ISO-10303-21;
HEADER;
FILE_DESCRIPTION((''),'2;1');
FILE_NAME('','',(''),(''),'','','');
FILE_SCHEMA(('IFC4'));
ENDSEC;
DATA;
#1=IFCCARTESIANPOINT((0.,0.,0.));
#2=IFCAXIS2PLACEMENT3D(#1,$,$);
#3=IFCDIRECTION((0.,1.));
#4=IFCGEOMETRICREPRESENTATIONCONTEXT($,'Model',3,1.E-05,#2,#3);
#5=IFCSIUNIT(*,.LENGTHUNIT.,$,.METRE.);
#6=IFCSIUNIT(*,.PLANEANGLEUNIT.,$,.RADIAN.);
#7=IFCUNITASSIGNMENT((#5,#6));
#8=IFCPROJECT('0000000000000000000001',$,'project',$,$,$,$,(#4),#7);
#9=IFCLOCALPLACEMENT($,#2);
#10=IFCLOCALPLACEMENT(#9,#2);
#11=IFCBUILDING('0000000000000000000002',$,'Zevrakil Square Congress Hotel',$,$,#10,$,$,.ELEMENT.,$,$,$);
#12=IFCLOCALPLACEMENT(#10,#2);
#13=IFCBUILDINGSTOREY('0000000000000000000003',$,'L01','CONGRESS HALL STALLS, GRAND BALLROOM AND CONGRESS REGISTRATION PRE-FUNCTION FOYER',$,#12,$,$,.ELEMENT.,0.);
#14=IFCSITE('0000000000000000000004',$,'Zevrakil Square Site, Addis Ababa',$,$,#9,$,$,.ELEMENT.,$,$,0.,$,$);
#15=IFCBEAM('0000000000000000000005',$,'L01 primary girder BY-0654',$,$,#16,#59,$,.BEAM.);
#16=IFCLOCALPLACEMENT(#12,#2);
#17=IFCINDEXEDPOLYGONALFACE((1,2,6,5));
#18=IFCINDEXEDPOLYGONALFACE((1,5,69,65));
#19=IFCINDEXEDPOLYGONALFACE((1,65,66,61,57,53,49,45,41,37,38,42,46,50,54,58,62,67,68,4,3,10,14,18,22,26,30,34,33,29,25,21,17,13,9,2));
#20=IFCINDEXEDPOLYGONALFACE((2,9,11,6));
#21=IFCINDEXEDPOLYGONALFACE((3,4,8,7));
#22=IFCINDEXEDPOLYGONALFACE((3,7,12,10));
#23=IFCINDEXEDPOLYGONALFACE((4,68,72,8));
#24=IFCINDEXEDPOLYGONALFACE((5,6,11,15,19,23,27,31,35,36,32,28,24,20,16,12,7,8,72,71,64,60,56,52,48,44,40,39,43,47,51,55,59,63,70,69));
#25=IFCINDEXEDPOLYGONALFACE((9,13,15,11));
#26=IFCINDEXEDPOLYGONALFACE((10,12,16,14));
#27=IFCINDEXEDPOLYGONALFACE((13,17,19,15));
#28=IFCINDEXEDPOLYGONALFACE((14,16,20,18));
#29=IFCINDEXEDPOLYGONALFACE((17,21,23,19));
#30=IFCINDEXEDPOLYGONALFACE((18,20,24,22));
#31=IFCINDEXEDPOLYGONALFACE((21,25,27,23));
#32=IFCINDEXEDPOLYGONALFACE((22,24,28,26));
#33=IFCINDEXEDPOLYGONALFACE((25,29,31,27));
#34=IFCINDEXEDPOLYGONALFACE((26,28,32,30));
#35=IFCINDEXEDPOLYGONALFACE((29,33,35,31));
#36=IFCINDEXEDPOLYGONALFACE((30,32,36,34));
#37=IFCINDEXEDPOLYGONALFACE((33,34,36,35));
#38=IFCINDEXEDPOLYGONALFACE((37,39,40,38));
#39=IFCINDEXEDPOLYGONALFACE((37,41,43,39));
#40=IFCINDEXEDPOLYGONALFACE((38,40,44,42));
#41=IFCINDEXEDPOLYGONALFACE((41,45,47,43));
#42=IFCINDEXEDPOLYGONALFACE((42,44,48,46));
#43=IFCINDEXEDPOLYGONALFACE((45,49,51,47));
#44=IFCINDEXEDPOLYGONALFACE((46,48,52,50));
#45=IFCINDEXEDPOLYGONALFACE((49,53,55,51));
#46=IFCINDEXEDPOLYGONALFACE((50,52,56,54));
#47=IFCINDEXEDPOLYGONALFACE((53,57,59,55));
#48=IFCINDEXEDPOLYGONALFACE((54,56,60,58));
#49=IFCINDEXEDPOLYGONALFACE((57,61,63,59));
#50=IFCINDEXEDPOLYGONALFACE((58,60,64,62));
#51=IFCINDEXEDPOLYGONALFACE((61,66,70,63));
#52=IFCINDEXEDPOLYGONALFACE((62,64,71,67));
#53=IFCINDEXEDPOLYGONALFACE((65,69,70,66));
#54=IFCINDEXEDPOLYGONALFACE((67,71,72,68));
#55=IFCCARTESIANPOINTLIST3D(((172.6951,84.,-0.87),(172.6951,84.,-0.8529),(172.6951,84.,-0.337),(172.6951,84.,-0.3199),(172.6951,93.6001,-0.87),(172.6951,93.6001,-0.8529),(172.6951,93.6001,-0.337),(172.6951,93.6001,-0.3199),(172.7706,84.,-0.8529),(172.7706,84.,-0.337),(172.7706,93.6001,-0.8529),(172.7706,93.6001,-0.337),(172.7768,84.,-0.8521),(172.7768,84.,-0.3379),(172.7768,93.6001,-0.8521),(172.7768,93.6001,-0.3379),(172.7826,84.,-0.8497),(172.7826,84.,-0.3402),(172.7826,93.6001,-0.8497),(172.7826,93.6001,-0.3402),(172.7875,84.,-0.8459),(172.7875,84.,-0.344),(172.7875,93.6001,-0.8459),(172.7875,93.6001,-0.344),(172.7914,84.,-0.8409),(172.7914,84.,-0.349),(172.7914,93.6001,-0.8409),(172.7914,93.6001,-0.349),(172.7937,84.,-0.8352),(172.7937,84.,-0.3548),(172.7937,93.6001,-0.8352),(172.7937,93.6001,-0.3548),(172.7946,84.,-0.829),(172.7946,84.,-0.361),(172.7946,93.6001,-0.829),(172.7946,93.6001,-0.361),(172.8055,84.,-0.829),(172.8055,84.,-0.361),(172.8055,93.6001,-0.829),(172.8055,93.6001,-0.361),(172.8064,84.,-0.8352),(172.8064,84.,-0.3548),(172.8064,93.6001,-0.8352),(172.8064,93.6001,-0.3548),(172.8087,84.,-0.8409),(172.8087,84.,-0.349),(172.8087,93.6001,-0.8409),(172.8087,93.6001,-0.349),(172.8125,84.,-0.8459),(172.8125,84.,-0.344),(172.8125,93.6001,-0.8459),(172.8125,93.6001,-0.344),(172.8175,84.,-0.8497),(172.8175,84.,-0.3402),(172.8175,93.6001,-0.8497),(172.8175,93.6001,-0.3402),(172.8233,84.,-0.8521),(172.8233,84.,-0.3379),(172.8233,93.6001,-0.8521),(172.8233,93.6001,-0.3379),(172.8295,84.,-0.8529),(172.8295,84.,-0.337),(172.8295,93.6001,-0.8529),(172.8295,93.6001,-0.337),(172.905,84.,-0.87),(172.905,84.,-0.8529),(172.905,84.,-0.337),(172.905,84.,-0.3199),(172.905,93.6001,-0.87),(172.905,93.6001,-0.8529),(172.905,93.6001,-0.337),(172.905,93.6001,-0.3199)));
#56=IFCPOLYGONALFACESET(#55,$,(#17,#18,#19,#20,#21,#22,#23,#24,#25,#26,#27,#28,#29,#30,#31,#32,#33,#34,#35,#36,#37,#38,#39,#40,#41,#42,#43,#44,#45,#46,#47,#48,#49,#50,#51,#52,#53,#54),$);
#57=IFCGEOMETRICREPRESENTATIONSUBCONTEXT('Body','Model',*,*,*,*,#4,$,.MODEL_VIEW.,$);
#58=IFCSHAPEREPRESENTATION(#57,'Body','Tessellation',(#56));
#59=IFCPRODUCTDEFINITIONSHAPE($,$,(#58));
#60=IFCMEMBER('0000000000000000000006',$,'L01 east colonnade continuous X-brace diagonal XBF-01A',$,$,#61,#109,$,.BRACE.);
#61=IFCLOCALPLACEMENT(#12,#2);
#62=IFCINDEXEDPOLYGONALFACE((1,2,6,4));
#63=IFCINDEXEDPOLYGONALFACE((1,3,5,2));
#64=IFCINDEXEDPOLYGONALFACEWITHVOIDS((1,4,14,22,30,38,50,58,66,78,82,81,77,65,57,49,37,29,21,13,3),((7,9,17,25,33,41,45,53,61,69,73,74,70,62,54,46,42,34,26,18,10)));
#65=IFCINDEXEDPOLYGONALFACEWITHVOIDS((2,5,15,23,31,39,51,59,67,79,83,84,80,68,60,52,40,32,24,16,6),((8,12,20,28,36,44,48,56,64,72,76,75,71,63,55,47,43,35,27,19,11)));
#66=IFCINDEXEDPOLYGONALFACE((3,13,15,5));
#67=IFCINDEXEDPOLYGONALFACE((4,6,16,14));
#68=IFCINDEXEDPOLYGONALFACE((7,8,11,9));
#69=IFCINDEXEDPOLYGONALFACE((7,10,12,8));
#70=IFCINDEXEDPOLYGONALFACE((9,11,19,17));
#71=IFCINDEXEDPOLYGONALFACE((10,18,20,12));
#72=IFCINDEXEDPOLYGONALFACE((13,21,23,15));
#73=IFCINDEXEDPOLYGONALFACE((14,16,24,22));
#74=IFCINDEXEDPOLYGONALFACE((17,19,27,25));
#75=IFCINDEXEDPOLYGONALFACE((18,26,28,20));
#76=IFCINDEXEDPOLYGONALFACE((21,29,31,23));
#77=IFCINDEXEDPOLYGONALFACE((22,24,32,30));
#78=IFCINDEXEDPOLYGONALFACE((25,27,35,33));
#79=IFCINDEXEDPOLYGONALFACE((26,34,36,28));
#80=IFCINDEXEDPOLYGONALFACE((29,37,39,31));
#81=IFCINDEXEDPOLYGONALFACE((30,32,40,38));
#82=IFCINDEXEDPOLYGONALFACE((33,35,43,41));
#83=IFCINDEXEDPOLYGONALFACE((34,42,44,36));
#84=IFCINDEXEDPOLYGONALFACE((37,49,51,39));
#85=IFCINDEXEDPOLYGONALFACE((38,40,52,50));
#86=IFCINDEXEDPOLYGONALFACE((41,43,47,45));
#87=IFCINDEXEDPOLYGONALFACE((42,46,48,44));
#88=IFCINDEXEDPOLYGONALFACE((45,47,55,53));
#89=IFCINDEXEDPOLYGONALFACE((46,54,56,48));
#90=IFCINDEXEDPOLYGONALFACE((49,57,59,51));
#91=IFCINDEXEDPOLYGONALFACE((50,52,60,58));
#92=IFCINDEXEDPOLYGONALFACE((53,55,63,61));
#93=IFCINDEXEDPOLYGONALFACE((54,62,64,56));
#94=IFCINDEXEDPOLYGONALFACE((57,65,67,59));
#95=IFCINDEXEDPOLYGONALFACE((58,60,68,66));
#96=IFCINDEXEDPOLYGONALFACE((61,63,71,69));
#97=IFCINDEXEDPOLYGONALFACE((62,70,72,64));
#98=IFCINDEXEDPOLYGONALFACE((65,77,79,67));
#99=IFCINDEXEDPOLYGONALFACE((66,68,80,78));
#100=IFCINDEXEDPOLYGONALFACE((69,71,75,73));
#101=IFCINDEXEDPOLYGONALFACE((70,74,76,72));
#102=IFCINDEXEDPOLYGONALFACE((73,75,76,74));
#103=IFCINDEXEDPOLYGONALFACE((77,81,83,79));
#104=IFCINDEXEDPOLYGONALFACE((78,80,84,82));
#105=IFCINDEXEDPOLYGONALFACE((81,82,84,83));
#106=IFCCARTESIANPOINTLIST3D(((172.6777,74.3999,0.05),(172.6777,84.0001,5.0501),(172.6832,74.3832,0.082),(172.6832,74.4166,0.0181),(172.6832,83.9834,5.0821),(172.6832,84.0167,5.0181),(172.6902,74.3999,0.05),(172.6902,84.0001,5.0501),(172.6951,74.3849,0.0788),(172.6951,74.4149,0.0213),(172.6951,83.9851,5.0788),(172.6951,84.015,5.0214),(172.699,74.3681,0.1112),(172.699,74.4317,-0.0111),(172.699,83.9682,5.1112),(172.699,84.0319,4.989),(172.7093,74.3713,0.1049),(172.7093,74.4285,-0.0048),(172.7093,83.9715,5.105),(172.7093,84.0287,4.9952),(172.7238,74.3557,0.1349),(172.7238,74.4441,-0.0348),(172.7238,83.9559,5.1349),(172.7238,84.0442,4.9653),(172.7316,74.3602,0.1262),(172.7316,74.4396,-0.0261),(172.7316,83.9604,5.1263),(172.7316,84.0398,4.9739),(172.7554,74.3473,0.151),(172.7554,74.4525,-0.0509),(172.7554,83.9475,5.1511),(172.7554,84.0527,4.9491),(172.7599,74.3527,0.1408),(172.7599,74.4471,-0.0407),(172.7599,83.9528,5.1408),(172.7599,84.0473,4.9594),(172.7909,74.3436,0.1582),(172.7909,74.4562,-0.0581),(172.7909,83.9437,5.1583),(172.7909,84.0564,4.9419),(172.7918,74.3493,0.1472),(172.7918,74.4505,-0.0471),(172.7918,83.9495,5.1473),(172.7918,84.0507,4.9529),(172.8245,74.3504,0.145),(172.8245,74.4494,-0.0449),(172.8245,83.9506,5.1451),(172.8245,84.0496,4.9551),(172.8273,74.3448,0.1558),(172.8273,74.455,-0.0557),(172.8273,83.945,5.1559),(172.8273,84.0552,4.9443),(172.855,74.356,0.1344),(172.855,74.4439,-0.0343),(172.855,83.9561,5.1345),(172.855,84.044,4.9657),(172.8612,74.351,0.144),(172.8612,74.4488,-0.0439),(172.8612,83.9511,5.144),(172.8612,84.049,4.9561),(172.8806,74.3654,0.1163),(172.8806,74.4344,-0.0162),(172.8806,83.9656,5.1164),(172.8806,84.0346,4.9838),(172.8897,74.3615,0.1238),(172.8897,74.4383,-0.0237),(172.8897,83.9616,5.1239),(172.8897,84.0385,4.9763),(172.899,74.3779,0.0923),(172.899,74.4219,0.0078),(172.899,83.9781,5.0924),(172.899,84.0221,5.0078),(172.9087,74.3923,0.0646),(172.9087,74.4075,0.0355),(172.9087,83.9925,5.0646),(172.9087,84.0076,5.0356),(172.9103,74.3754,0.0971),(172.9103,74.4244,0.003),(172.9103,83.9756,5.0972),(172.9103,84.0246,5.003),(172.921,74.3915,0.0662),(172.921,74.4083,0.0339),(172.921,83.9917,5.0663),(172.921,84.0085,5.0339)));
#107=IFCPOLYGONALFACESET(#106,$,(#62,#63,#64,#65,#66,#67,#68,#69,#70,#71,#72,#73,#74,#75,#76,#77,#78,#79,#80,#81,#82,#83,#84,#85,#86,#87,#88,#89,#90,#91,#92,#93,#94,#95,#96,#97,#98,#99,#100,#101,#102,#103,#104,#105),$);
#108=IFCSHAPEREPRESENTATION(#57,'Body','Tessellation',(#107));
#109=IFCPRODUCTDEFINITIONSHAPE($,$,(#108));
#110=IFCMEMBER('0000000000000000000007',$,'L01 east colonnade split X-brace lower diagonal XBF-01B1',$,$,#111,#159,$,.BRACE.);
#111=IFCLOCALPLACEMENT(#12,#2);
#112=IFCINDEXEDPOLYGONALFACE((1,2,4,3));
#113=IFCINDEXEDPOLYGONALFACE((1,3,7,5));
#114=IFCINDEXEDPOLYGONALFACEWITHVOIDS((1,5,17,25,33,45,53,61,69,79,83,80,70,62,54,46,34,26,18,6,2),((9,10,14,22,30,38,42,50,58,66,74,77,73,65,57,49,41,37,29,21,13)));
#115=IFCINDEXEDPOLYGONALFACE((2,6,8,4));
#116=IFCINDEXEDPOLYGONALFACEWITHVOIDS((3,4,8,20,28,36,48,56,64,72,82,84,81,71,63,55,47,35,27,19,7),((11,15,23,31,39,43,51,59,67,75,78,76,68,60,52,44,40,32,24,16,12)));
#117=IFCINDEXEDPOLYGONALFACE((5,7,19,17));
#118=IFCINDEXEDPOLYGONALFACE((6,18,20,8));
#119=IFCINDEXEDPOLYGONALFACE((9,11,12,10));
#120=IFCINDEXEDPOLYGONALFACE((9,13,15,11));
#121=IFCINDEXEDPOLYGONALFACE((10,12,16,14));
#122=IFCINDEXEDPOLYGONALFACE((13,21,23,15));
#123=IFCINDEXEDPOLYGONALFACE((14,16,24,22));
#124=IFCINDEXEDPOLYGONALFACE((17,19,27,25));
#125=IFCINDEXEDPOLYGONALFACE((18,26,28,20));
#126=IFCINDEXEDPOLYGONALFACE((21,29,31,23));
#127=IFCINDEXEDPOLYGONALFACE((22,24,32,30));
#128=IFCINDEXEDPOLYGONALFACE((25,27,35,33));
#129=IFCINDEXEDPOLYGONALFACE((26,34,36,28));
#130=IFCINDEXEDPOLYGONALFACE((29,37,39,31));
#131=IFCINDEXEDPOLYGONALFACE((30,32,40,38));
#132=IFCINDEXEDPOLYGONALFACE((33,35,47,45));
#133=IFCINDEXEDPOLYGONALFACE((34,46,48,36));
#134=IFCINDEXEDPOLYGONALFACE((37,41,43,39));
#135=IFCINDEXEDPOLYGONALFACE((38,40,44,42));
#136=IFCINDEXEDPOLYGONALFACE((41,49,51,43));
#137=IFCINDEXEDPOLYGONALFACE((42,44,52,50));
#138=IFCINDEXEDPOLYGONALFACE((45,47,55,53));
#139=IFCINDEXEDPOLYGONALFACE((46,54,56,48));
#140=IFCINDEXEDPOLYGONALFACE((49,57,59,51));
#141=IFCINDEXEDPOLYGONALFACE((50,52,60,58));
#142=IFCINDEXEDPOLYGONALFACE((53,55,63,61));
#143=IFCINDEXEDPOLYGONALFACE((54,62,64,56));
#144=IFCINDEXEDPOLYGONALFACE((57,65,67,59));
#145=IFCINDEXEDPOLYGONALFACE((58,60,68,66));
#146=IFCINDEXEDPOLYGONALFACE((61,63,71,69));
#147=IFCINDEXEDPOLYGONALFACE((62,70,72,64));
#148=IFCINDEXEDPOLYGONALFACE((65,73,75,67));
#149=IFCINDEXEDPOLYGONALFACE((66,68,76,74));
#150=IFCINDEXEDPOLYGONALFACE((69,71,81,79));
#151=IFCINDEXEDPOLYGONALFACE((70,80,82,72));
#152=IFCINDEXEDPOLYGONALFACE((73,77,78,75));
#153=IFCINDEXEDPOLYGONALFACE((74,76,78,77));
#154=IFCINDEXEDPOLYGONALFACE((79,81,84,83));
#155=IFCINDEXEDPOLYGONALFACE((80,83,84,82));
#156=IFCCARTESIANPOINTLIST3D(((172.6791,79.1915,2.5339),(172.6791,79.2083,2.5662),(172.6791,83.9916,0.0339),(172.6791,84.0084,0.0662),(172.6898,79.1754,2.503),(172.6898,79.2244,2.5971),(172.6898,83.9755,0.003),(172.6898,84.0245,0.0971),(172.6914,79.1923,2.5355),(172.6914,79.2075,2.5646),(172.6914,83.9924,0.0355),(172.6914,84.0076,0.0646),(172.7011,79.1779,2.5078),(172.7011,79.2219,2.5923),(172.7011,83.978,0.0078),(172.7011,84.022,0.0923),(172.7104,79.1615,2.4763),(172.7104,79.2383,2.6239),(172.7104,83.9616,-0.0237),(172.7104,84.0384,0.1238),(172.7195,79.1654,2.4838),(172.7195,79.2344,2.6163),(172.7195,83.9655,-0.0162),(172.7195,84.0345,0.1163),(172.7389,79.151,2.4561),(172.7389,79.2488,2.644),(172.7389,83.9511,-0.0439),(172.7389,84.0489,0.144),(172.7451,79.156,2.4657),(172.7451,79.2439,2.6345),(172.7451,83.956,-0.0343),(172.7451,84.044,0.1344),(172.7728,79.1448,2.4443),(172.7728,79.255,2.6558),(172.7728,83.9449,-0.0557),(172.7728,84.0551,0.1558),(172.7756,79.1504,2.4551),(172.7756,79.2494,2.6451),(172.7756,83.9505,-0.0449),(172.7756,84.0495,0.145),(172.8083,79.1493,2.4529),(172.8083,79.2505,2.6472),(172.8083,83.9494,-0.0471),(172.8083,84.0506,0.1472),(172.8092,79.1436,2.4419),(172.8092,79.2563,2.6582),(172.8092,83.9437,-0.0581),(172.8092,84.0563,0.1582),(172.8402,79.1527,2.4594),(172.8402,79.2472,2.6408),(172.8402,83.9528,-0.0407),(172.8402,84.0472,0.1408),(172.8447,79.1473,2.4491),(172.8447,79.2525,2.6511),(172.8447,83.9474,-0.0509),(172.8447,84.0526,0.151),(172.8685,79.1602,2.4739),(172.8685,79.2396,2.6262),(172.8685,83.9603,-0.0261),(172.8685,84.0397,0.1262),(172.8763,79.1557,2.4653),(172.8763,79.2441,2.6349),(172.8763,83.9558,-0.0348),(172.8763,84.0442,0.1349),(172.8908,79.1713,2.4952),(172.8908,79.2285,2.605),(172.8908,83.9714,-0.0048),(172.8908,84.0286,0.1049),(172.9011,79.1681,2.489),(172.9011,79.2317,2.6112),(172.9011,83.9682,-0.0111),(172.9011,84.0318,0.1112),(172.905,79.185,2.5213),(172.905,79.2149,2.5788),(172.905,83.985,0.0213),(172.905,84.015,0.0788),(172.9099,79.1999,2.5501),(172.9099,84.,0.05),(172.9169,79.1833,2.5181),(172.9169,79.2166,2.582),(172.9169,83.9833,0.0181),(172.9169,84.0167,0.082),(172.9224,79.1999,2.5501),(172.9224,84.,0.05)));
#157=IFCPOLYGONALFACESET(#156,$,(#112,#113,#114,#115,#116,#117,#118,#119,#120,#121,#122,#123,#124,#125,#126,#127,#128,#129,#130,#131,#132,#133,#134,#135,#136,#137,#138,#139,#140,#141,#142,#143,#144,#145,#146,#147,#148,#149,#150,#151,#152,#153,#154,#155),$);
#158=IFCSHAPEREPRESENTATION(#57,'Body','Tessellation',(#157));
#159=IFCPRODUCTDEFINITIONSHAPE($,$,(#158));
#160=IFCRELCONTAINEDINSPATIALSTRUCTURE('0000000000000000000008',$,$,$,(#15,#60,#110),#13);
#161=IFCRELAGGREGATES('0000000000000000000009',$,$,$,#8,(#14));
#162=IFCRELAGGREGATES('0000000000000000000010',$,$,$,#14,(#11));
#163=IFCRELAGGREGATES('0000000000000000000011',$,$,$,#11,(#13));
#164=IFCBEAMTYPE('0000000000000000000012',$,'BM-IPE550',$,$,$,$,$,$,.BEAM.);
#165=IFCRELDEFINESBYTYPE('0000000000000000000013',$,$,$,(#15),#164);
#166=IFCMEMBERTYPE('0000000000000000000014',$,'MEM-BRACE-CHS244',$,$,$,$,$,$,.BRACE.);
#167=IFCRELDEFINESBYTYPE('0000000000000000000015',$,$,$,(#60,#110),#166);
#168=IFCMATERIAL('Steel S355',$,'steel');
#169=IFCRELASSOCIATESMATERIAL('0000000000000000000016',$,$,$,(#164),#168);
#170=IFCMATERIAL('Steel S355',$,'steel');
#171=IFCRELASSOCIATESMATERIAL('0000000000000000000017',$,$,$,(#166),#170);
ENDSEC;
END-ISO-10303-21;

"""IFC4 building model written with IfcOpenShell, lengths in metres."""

from ifc_helpers import new_model, si_unit, direction, frame, origin, origin_2d, place, context, subcontext, project, spatial, hollow_circle, i_section, extrude, material, material_profile, profile_set, type_object, element, save


model = new_model("IFC4")

# Units and contexts
model_context = context("Model", 3, precision=1e-05, world=origin(), true_north=direction((0.0, 1.0)))
body_context = subcontext(model_context, "Body", "Model", "MODEL_VIEW")
ifc_project = project(units=[si_unit("LENGTHUNIT", "METRE"), si_unit("PLANEANGLEUNIT", "RADIAN")], contexts=[model_context])

# Site, building, storey
site_placement = place(None, origin())
site = spatial("IfcSite", under=ifc_project, at=site_placement, Name="Zevrakil Square Site, Addis Ababa", CompositionType="ELEMENT", RefElevation=0.0)
building_placement = place(site_placement, origin())
building = spatial("IfcBuilding", under=site, at=building_placement, Name="Zevrakil Square Congress Hotel", CompositionType="ELEMENT")
storey_placement = place(building_placement, origin())
storey = spatial("IfcBuildingStorey", under=building, at=storey_placement, Name="L01", Description="CONGRESS HALL STALLS, GRAND BALLROOM AND CONGRESS REGISTRATION PRE-FUNCTION FOYER", CompositionType="ELEMENT", Elevation=0.0)

# Beam
ifc_material_1 = material(Name="Steel S355", Category="steel")
ifc_material_profile_1 = material_profile(ifc_material_1, i_section(OverallWidth=0.21, OverallDepth=0.55, WebThickness=0.011, FlangeThickness=0.0171, FilletRadius=0.0239, at=origin_2d()), Name="IPE 550")
ifc_profile_set_1 = profile_set([ifc_material_profile_1], Name="Steel S355")
beam_type_1 = type_object("IfcBeamType", Name="BM-IPE550", PredefinedType="BEAM", material=ifc_profile_set_1)
for number, where, z_axis, x_axis, name in (
    (1, (172.8, 84.0, -0.595), (0.0, 1.0, 0.0), (-1.0, 0.0, 0.0), "L01 primary girder BY-0654"),
):
    element("IfcBeam", number, at=place(storey_placement, frame(where, z_axis=z_axis, x_axis=x_axis)), inside=storey, type_object=beam_type_1, Name=name, PredefinedType="BEAM", context=body_context, shape_type="SweptSolid", body=[
        extrude(i_section(OverallWidth=0.21, OverallDepth=0.55, WebThickness=0.011, FlangeThickness=0.0171, FilletRadius=0.0239, at=origin_2d()), origin(), (0.0, 0.0, 1.0), 9.6001),
    ])

# Members
ifc_material_2 = material(Name="Steel S355", Category="steel")
ifc_material_profile_2 = material_profile(ifc_material_2, hollow_circle(Radius=0.1223, WallThickness=0.0125, at=origin_2d()), Name="CHS 244.5x12.5")
ifc_profile_set_2 = profile_set([ifc_material_profile_2], Name="Steel S355")
member_type = type_object("IfcMemberType", Name="MEM-BRACE-CHS244", PredefinedType="BRACE", material=ifc_profile_set_2)
member_placement = place(storey_placement, frame((172.8, 74.3999, 0.05), z_axis=(0.0, 0.886916, 0.461931), x_axis=(-1.0, 0.0, 0.0)))
element("IfcMember", 2, at=member_placement, inside=storey, type_object=member_type, Name="L01 east colonnade continuous X-brace diagonal XBF-01A", PredefinedType="BRACE", context=body_context, shape_type="SweptSolid", body=[
    extrude(hollow_circle(Radius=0.1223, WallThickness=0.0125, at=origin_2d()), origin(), (0.0, 0.0, 1.0), 10.8242),
])
for number, where, z_axis, x_axis, name in (
    (3, (172.8, 84.0, 0.05), (0.0, -0.886916, 0.461931), (1.0, 0.0, 0.0), "L01 east colonnade split X-brace lower diagonal XBF-01B1"),
):
    element("IfcMember", number, at=place(storey_placement, frame(where, z_axis=z_axis, x_axis=x_axis)), inside=storey, type_object=member_type, Name=name, PredefinedType="BRACE", context=body_context, shape_type="SweptSolid", body=[
        extrude(hollow_circle(Radius=0.1223, WallThickness=0.0125, at=origin_2d()), origin(), (0.0, 0.0, 1.0), 5.4121),
    ])

save(model, "model.ifc")
